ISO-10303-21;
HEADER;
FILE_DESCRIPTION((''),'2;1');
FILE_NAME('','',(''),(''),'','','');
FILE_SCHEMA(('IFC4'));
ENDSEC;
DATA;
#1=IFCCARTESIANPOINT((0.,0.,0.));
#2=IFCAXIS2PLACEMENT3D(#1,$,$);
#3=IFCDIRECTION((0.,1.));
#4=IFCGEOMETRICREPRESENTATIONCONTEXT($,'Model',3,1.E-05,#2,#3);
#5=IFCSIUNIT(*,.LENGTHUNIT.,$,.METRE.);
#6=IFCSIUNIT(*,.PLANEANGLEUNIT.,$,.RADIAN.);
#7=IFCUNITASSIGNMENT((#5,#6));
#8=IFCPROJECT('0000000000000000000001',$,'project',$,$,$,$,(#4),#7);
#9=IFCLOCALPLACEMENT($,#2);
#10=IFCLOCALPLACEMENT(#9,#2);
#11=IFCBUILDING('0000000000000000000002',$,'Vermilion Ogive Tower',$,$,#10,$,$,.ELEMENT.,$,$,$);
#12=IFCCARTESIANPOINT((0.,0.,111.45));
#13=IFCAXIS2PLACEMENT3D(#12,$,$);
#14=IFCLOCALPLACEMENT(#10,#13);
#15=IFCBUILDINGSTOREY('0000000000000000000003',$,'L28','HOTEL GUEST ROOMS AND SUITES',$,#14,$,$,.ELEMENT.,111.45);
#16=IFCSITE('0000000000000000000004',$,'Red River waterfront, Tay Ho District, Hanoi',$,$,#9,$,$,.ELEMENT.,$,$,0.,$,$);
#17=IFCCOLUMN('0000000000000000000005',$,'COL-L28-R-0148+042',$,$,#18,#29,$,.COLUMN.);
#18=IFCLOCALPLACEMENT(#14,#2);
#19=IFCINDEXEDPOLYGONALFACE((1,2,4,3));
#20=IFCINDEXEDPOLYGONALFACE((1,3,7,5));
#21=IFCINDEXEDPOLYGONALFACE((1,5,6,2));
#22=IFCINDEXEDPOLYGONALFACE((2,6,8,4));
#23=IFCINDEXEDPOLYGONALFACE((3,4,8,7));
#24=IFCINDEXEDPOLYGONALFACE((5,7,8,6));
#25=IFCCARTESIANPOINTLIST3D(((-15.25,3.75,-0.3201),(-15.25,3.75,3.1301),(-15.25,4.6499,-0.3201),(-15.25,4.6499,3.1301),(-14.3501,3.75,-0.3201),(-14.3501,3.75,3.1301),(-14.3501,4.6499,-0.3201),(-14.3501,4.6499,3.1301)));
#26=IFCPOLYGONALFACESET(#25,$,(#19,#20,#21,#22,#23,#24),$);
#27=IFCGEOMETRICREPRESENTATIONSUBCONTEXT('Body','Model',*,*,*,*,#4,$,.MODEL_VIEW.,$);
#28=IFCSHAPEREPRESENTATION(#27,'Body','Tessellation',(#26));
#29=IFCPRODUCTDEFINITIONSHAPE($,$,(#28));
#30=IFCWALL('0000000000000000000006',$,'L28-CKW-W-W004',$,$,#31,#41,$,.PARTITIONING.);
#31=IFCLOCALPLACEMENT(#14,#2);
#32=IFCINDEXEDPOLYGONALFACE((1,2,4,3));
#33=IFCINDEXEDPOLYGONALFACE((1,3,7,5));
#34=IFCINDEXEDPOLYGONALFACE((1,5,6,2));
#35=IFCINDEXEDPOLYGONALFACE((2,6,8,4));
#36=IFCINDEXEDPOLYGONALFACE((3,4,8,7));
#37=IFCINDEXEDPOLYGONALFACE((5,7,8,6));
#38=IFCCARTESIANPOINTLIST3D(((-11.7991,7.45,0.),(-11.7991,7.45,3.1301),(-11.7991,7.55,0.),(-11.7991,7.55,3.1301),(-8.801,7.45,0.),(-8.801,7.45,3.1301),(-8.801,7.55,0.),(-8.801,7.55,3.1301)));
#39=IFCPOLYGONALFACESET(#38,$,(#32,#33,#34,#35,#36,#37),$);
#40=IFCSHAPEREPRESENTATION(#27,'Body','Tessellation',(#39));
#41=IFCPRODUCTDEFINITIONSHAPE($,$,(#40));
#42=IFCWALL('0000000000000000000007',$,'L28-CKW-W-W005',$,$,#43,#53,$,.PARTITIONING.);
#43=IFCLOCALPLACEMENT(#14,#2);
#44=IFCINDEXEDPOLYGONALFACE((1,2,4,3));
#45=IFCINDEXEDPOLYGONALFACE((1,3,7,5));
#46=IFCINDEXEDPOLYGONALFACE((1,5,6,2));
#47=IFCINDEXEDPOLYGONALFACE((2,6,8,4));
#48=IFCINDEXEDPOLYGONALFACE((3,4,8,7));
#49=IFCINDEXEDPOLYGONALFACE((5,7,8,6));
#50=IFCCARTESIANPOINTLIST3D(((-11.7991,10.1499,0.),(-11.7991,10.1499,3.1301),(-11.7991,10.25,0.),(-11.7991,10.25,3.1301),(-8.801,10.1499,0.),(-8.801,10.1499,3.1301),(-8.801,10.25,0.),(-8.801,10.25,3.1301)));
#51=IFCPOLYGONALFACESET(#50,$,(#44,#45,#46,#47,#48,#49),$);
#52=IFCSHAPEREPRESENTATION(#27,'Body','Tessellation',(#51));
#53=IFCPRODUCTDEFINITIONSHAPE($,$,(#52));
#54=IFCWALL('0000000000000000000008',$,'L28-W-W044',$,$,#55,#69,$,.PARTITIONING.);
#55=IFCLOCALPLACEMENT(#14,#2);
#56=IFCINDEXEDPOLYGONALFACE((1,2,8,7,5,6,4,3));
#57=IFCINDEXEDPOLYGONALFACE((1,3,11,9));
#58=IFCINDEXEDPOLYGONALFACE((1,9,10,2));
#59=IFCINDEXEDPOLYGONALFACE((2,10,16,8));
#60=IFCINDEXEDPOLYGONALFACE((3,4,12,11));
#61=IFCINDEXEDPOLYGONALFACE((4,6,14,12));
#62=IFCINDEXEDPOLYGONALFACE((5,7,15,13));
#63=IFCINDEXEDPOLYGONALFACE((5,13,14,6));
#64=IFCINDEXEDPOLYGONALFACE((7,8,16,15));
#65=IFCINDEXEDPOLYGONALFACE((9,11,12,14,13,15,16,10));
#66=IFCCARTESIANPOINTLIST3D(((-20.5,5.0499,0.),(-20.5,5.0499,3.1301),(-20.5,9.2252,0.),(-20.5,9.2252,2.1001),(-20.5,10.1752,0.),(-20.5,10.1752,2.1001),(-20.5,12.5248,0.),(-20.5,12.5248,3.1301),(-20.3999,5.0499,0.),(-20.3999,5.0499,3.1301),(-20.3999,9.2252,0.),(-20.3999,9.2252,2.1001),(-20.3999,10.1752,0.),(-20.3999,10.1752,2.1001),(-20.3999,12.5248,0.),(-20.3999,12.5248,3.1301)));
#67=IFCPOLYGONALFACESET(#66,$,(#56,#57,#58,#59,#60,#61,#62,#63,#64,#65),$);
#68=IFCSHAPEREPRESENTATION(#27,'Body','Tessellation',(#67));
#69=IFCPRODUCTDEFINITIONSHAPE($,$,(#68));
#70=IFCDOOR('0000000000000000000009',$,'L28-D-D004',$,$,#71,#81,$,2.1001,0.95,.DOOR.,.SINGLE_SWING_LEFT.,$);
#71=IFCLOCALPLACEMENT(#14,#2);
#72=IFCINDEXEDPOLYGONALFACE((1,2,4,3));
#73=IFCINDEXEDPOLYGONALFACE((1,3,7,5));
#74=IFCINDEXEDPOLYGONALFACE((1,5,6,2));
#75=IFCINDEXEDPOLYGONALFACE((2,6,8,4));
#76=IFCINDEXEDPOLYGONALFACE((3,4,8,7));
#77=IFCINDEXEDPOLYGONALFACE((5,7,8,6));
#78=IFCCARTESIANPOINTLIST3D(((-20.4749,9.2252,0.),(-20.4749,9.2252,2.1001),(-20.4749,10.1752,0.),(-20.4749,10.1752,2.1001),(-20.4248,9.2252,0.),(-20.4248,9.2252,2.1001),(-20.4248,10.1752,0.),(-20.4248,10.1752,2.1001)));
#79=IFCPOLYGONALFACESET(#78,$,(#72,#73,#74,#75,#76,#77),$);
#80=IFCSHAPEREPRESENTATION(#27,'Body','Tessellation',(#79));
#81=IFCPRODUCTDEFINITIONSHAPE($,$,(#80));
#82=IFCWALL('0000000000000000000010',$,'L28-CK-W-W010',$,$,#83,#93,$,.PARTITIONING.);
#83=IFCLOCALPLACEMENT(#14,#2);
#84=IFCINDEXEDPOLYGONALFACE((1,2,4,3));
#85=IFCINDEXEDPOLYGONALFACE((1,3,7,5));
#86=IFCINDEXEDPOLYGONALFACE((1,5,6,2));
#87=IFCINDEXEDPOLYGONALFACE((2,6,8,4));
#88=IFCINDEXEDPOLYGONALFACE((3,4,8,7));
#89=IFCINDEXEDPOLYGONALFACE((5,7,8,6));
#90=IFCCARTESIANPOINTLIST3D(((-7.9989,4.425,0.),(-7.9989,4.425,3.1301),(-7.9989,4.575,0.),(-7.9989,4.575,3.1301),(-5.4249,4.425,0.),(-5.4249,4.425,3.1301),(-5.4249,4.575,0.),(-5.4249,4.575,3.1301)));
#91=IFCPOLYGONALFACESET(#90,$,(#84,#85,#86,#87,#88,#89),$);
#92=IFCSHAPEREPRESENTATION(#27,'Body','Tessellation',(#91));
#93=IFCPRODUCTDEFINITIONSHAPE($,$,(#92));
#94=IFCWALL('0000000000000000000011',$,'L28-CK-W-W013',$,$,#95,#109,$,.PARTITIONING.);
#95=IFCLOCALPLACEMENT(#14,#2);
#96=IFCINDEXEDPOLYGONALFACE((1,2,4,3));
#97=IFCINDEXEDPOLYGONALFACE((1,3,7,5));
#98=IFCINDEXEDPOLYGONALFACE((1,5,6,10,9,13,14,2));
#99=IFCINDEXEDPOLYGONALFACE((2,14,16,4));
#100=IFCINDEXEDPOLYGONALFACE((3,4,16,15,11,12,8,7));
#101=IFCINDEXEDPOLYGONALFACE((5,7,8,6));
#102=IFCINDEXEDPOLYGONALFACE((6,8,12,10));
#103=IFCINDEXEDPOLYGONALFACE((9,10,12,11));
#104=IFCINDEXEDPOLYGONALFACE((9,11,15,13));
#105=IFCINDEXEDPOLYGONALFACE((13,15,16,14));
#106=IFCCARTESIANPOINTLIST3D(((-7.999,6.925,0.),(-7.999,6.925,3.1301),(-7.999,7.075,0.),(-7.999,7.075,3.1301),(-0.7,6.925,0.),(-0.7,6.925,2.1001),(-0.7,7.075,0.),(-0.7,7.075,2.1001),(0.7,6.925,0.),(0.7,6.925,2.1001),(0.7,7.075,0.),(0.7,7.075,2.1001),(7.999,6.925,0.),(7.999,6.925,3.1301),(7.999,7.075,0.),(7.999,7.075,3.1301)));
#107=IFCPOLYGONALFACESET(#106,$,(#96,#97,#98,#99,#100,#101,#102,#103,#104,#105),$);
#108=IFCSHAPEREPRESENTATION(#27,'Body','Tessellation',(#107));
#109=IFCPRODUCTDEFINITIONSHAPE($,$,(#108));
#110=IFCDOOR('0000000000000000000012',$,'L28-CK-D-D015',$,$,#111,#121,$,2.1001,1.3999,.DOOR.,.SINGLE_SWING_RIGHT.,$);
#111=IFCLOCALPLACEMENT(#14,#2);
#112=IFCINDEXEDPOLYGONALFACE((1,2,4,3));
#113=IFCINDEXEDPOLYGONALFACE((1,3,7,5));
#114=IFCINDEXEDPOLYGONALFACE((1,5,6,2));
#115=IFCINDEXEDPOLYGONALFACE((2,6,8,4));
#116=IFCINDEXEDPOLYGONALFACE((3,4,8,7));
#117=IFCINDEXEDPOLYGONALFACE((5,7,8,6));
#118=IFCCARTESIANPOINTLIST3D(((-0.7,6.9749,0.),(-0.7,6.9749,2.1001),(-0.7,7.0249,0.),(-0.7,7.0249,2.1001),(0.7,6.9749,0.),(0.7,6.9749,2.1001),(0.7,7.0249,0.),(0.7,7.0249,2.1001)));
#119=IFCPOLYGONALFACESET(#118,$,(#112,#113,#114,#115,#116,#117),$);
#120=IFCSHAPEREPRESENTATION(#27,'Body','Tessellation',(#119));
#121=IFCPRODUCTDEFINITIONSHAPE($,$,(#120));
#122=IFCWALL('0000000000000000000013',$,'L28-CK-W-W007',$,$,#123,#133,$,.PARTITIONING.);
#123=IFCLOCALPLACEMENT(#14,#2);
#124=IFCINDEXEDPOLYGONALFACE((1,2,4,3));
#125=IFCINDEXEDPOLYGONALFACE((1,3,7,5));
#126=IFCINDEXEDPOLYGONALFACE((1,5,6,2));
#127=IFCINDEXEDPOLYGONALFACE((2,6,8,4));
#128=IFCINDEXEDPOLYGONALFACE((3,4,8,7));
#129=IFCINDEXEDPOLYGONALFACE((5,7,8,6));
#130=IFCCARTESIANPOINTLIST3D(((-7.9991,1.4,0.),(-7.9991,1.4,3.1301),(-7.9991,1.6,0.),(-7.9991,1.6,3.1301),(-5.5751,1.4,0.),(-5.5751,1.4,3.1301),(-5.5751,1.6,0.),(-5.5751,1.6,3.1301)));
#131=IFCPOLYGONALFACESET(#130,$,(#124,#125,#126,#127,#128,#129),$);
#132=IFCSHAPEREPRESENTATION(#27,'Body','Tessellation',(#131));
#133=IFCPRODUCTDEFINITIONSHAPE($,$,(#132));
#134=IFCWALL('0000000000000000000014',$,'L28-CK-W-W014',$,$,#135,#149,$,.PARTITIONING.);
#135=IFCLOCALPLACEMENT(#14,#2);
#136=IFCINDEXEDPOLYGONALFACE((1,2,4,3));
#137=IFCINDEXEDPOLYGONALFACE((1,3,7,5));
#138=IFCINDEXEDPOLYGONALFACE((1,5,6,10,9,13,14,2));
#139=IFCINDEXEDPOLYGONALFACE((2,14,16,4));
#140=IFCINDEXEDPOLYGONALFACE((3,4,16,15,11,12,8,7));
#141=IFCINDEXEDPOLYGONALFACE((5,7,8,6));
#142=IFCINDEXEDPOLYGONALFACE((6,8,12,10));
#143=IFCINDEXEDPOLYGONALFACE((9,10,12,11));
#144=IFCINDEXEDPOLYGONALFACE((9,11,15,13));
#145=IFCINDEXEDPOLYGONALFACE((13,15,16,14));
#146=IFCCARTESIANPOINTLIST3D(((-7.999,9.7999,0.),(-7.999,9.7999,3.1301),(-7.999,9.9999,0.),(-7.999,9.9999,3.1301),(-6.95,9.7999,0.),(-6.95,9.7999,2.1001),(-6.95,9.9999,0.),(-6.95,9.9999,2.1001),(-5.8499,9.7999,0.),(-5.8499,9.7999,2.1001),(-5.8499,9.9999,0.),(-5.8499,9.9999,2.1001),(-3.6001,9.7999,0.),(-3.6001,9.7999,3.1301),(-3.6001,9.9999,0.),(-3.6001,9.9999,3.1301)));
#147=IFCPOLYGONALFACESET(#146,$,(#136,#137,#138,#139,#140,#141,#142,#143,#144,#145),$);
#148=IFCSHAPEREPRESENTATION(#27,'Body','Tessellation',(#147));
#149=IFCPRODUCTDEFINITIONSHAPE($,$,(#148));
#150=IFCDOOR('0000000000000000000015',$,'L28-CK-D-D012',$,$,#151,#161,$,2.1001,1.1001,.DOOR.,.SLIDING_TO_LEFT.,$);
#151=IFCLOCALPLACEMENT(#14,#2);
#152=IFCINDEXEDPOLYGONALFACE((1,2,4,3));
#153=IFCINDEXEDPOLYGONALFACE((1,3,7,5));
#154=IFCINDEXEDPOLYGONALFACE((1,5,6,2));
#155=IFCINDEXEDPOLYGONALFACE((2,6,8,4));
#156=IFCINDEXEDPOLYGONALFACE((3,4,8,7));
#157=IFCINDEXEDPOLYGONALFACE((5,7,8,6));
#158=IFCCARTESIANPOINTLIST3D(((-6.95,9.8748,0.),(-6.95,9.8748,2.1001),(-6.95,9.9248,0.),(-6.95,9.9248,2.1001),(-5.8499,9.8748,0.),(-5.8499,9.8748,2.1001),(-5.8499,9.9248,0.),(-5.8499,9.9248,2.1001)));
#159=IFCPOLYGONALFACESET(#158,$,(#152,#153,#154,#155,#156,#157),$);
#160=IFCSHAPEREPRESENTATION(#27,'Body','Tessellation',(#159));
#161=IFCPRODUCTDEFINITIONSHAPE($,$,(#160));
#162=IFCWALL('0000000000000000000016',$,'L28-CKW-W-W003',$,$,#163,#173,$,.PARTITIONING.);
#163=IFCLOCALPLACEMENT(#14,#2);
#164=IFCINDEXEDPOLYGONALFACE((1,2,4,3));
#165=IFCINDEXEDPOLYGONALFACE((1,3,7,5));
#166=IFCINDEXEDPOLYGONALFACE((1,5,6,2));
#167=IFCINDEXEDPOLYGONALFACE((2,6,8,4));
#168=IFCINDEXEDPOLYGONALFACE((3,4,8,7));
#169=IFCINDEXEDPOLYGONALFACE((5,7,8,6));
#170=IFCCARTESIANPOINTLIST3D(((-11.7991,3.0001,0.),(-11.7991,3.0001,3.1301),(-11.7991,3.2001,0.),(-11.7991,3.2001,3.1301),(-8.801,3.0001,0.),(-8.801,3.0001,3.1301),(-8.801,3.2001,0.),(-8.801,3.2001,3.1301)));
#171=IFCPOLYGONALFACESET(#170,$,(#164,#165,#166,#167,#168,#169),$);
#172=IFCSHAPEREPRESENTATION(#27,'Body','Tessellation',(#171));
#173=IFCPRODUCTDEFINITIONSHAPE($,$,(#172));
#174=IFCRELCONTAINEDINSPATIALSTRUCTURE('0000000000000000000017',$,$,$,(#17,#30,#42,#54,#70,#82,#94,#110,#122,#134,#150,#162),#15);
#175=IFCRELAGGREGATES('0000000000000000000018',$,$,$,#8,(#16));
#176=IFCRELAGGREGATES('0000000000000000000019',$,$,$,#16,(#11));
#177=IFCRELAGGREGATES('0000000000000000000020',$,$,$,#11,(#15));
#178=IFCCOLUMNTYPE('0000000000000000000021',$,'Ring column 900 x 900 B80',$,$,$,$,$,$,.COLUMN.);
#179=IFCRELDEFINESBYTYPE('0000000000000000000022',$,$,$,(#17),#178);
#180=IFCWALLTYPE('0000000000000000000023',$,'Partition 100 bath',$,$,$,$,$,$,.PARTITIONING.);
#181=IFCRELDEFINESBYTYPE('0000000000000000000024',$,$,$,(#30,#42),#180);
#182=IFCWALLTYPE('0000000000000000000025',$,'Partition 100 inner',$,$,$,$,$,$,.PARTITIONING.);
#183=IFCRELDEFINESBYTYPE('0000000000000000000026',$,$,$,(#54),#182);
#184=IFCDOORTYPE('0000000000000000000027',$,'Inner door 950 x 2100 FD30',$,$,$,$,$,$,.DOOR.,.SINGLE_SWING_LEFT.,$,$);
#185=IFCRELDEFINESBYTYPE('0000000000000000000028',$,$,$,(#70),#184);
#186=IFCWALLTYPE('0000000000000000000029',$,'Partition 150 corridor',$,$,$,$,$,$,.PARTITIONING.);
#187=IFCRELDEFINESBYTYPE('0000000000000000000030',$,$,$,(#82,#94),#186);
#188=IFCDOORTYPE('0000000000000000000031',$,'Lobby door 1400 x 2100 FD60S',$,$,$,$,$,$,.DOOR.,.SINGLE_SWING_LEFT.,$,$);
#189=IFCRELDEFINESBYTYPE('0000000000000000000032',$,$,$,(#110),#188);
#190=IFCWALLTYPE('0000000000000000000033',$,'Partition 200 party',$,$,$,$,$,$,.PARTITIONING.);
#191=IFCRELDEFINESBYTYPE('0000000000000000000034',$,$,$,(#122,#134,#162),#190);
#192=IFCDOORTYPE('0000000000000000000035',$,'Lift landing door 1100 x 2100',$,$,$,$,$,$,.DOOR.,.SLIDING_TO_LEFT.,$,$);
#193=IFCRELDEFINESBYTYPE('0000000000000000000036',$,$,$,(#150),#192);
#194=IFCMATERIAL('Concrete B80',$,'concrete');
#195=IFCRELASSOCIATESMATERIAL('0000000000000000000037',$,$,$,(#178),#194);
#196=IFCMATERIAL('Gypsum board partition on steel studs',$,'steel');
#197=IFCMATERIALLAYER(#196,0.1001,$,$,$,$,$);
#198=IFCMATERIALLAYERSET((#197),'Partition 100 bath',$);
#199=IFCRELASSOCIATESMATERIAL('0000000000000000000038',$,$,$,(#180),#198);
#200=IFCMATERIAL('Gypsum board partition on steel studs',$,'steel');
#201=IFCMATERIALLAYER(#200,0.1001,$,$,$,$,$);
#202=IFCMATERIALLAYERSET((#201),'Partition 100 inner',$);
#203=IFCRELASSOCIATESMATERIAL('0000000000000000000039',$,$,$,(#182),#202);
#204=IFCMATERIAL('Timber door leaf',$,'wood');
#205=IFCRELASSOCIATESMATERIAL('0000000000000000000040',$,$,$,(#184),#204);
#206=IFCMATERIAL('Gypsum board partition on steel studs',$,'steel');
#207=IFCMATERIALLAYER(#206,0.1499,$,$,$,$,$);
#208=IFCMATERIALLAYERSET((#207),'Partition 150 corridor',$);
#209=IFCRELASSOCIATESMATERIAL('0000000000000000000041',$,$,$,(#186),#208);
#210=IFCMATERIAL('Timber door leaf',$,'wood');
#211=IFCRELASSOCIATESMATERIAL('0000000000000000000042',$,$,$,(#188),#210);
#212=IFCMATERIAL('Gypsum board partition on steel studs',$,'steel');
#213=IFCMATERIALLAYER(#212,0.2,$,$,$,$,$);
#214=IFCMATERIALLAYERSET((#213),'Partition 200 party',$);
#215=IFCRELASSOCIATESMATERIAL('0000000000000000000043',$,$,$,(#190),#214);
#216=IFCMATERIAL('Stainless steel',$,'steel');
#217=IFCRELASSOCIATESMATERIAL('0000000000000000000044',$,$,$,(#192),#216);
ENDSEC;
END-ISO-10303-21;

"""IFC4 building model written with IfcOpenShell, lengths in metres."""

from ifc_helpers import new_model, si_unit, direction, frame, frame_2d, origin, origin_2d, place, context, subcontext, project, spatial, rectangle, extrude, material, layer, layer_set, material_profile, profile_set, type_object, element, fill, save


model = new_model("IFC4")

# Units and contexts
model_context = context("Model", 3, precision=1e-05, world=origin(), true_north=direction((0.0, 1.0)))
body_context = subcontext(model_context, "Body", "Model", "MODEL_VIEW")
ifc_project = project(units=[si_unit("LENGTHUNIT", "METRE"), si_unit("PLANEANGLEUNIT", "RADIAN")], contexts=[model_context])

# Site, building, storey
site_placement = place(None, origin())
site = spatial("IfcSite", under=ifc_project, at=site_placement, Name="Red River waterfront, Tay Ho District, Hanoi", CompositionType="ELEMENT", RefElevation=0.0)
building_placement = place(site_placement, origin())
building = spatial("IfcBuilding", under=site, at=building_placement, Name="Vermilion Ogive Tower", CompositionType="ELEMENT")
storey_placement = place(building_placement, frame((0.0, 0.0, 111.45)))
storey = spatial("IfcBuildingStorey", under=building, at=storey_placement, Name="L28", Description="HOTEL GUEST ROOMS AND SUITES", CompositionType="ELEMENT", Elevation=111.45)

# Column
ifc_material_1 = material(Name="Concrete B80", Category="concrete")
ifc_material_profile = material_profile(ifc_material_1, rectangle(XDim=0.8999, YDim=0.8999, at=origin_2d()), Name="900 x 900")
ifc_profile_set = profile_set([ifc_material_profile], Name="Concrete B80")
column_type = type_object("IfcColumnType", Name="Ring column 900 x 900 B80", PredefinedType="COLUMN", material=ifc_profile_set)
column_placement = place(storey_placement, frame((-14.8, 4.2, -0.3201), z_axis=(0.0, 0.0, 1.0), x_axis=(1.0, 0.0, 0.0)))
element("IfcColumn", 1, at=column_placement, inside=storey, type_object=column_type, Name="COL-L28-R-0148+042", PredefinedType="COLUMN", context=body_context, shape_type="SweptSolid", body=[
    extrude(rectangle(XDim=0.8999, YDim=0.8999, at=origin_2d()), origin(), (0.0, 0.0, 1.0), 3.4502),
])

# Walls
ifc_material_2 = material(Name="Gypsum board partition on steel studs", Category="steel")
ifc_layer_1 = layer(ifc_material_2, 0.1001)
ifc_layer_set_1 = layer_set([ifc_layer_1], Name="Partition 100 bath")
wall_type_1 = type_object("IfcWallType", Name="Partition 100 bath", PredefinedType="PARTITIONING", material=ifc_layer_set_1)
for number, where, z_axis, x_axis, name in (
    (2, (-11.7991, 7.5, 0.0), (0.0, 0.0, 1.0), (1.0, 0.0, 0.0), "L28-CKW-W-W004"),
    (3, (-11.7991, 10.2, 0.0), (0.0, 0.0, 1.0), (1.0, 0.0, 0.0), "L28-CKW-W-W005"),
):
    element("IfcWall", number, at=place(storey_placement, frame(where, z_axis=z_axis, x_axis=x_axis)), inside=storey, type_object=wall_type_1, Name=name, PredefinedType="PARTITIONING", context=body_context, shape_type="SweptSolid", body=[
        extrude(rectangle(XDim=2.998, YDim=0.1001, at=frame_2d((1.499, 0.0))), origin(), (0.0, 0.0, 1.0), 3.1301),
    ])

# Wall, opening, door
ifc_material_3 = material(Name="Gypsum board partition on steel studs", Category="steel")
ifc_layer_2 = layer(ifc_material_3, 0.1001)
ifc_layer_set_2 = layer_set([ifc_layer_2], Name="Partition 100 inner")
wall_type_2 = type_object("IfcWallType", Name="Partition 100 inner", PredefinedType="PARTITIONING", material=ifc_layer_set_2)
wall_1_placement = place(storey_placement, frame((-20.45, 5.05, 0.0), z_axis=(0.0, 0.0, 1.0), x_axis=(0.0, 1.0, 0.0)))
wall_1 = element("IfcWall", 4, at=wall_1_placement, inside=storey, type_object=wall_type_2, Name="L28-W-W044", PredefinedType="PARTITIONING", context=body_context, shape_type="SweptSolid", body=[
    extrude(rectangle(XDim=7.4749, YDim=0.1001, at=frame_2d((3.7373, 0.0))), origin(), (0.0, 0.0, 1.0), 3.1301),
])
opening_1_placement = place(wall_1_placement, frame((4.175, 0.0, 0.0)))
opening_1 = element("IfcOpeningElement", 5, at=opening_1_placement, cuts=wall_1, PredefinedType="OPENING", context=body_context, shape_type="SweptSolid", body=[
    extrude(rectangle(XDim=0.95, YDim=2.1001, at=frame_2d((0.4751, 1.05))), frame((0.0, 0.0601, 0.0), z_axis=(0.0, -1.0, 0.0), x_axis=(1.0, 0.0, 0.0)), (0.0, 0.0, 1.0), 0.1201),
])
ifc_material_4 = material(Name="Timber door leaf", Category="wood")
door_type_1 = type_object("IfcDoorType", Name="Inner door 950 x 2100 FD30", OperationType="SINGLE_SWING_LEFT", PredefinedType="DOOR", material=ifc_material_4)
door_1_placement = place(opening_1_placement, origin())
door_1 = element("IfcDoor", 6, at=door_1_placement, inside=storey, type_object=door_type_1, Name="L28-D-D004", OperationType="SINGLE_SWING_LEFT", OverallHeight=2.1001, OverallWidth=0.95, PredefinedType="DOOR", context=body_context, shape_type="SweptSolid", body=[
    extrude(rectangle(XDim=0.95, YDim=2.1001, at=frame_2d((0.4751, 1.05))), frame((0.0, 0.0249, 0.0), z_axis=(0.0, -1.0, 0.0), x_axis=(1.0, 0.0, 0.0)), (0.0, 0.0, 1.0), 0.05),
])
fill(opening_1, door_1)

# Wall
ifc_material_5 = material(Name="Gypsum board partition on steel studs", Category="steel")
ifc_layer_3 = layer(ifc_material_5, 0.1499)
ifc_layer_set_3 = layer_set([ifc_layer_3], Name="Partition 150 corridor")
wall_type_3 = type_object("IfcWallType", Name="Partition 150 corridor", PredefinedType="PARTITIONING", material=ifc_layer_set_3)
wall_2_placement = place(storey_placement, frame((-7.999, 4.5, 0.0), z_axis=(0.0, 0.0, 1.0), x_axis=(1.0, 0.0, 0.0)))
element("IfcWall", 7, at=wall_2_placement, inside=storey, type_object=wall_type_3, Name="L28-CK-W-W010", PredefinedType="PARTITIONING", context=body_context, shape_type="SweptSolid", body=[
    extrude(rectangle(XDim=2.574, YDim=0.1499, at=frame_2d((1.2871, 0.0))), origin(), (0.0, 0.0, 1.0), 3.1301),
])

# Wall, opening, door
wall_3_placement = place(storey_placement, frame((-7.999, 7.0, 0.0), z_axis=(0.0, 0.0, 1.0), x_axis=(1.0, 0.0, 0.0)))
wall_3 = element("IfcWall", 8, at=wall_3_placement, inside=storey, type_object=wall_type_3, Name="L28-CK-W-W013", PredefinedType="PARTITIONING", context=body_context, shape_type="SweptSolid", body=[
    extrude(rectangle(XDim=15.998, YDim=0.1499, at=frame_2d((7.999, 0.0))), origin(), (0.0, 0.0, 1.0), 3.1301),
])
opening_2_placement = place(wall_3_placement, frame((7.2991, 0.0, 0.0)))
opening_2 = element("IfcOpeningElement", 9, at=opening_2_placement, cuts=wall_3, PredefinedType="OPENING", context=body_context, shape_type="SweptSolid", body=[
    extrude(rectangle(XDim=1.3999, YDim=2.1001, at=frame_2d((0.7, 1.05))), frame((0.0, 0.085, 0.0), z_axis=(0.0, -1.0, 0.0), x_axis=(1.0, 0.0, 0.0)), (0.0, 0.0, 1.0), 0.1699),
])
ifc_material_6 = material(Name="Timber door leaf", Category="wood")
door_type_2 = type_object("IfcDoorType", Name="Lobby door 1400 x 2100 FD60S", OperationType="SINGLE_SWING_LEFT", PredefinedType="DOOR", material=ifc_material_6)
door_2_placement = place(opening_2_placement, origin())
door_2 = element("IfcDoor", 10, at=door_2_placement, inside=storey, type_object=door_type_2, Name="L28-CK-D-D015", OperationType="SINGLE_SWING_RIGHT", OverallHeight=2.1001, OverallWidth=1.3999, PredefinedType="DOOR", context=body_context, shape_type="SweptSolid", body=[
    extrude(rectangle(XDim=1.3999, YDim=2.1001, at=frame_2d((0.7, 1.05))), frame((0.0, 0.0249, 0.0), z_axis=(0.0, -1.0, 0.0), x_axis=(1.0, 0.0, 0.0)), (0.0, 0.0, 1.0), 0.05),
])
fill(opening_2, door_2)

# Wall
ifc_material_7 = material(Name="Gypsum board partition on steel studs", Category="steel")
ifc_layer_4 = layer(ifc_material_7, 0.2)
ifc_layer_set_4 = layer_set([ifc_layer_4], Name="Partition 200 party")
wall_type_4 = type_object("IfcWallType", Name="Partition 200 party", PredefinedType="PARTITIONING", material=ifc_layer_set_4)
wall_4_placement = place(storey_placement, frame((-7.999, 1.5, 0.0), z_axis=(0.0, 0.0, 1.0), x_axis=(1.0, 0.0, 0.0)))
element("IfcWall", 11, at=wall_4_placement, inside=storey, type_object=wall_type_4, Name="L28-CK-W-W007", PredefinedType="PARTITIONING", context=body_context, shape_type="SweptSolid", body=[
    extrude(rectangle(XDim=2.4241, YDim=0.2, at=frame_2d((1.2119, 0.0))), origin(), (0.0, 0.0, 1.0), 3.1301),
])

# Wall, opening, door
wall_5_placement = place(storey_placement, frame((-7.999, 9.8999, 0.0), z_axis=(0.0, 0.0, 1.0), x_axis=(1.0, 0.0, 0.0)))
wall_5 = element("IfcWall", 12, at=wall_5_placement, inside=storey, type_object=wall_type_4, Name="L28-CK-W-W014", PredefinedType="PARTITIONING", context=body_context, shape_type="SweptSolid", body=[
    extrude(rectangle(XDim=4.3989, YDim=0.2, at=frame_2d((2.1995, 0.0))), origin(), (0.0, 0.0, 1.0), 3.1301),
])
opening_3_placement = place(wall_5_placement, frame((1.0491, 0.0, 0.0)))
opening_3 = element("IfcOpeningElement", 13, at=opening_3_placement, cuts=wall_5, PredefinedType="OPENING", context=body_context, shape_type="SweptSolid", body=[
    extrude(rectangle(XDim=1.1001, YDim=2.1001, at=frame_2d((0.55, 1.05))), frame((0.0, 0.1099, 0.0), z_axis=(0.0, -1.0, 0.0), x_axis=(1.0, 0.0, 0.0)), (0.0, 0.0, 1.0), 0.22),
])
ifc_material_8 = material(Name="Stainless steel", Category="steel")
door_type_3 = type_object("IfcDoorType", Name="Lift landing door 1100 x 2100", OperationType="SLIDING_TO_LEFT", PredefinedType="DOOR", material=ifc_material_8)
door_3_placement = place(opening_3_placement, origin())
door_3 = element("IfcDoor", 14, at=door_3_placement, inside=storey, type_object=door_type_3, Name="L28-CK-D-D012", OperationType="SLIDING_TO_LEFT", OverallHeight=2.1001, OverallWidth=1.1001, PredefinedType="DOOR", context=body_context, shape_type="SweptSolid", body=[
    extrude(rectangle(XDim=1.1001, YDim=2.1001, at=frame_2d((0.55, 1.05))), frame((0.0, 0.0249, 0.0), z_axis=(0.0, -1.0, 0.0), x_axis=(1.0, 0.0, 0.0)), (0.0, 0.0, 1.0), 0.05),
])
fill(opening_3, door_3)

# Wall
wall_6_placement = place(storey_placement, frame((-11.7991, 3.1001, 0.0), z_axis=(0.0, 0.0, 1.0), x_axis=(1.0, 0.0, 0.0)))
element("IfcWall", 15, at=wall_6_placement, inside=storey, type_object=wall_type_4, Name="L28-CKW-W-W003", PredefinedType="PARTITIONING", context=body_context, shape_type="SweptSolid", body=[
    extrude(rectangle(XDim=2.998, YDim=0.2, at=frame_2d((1.499, 0.0))), origin(), (0.0, 0.0, 1.0), 3.1301),
])

save(model, "model.ifc")
